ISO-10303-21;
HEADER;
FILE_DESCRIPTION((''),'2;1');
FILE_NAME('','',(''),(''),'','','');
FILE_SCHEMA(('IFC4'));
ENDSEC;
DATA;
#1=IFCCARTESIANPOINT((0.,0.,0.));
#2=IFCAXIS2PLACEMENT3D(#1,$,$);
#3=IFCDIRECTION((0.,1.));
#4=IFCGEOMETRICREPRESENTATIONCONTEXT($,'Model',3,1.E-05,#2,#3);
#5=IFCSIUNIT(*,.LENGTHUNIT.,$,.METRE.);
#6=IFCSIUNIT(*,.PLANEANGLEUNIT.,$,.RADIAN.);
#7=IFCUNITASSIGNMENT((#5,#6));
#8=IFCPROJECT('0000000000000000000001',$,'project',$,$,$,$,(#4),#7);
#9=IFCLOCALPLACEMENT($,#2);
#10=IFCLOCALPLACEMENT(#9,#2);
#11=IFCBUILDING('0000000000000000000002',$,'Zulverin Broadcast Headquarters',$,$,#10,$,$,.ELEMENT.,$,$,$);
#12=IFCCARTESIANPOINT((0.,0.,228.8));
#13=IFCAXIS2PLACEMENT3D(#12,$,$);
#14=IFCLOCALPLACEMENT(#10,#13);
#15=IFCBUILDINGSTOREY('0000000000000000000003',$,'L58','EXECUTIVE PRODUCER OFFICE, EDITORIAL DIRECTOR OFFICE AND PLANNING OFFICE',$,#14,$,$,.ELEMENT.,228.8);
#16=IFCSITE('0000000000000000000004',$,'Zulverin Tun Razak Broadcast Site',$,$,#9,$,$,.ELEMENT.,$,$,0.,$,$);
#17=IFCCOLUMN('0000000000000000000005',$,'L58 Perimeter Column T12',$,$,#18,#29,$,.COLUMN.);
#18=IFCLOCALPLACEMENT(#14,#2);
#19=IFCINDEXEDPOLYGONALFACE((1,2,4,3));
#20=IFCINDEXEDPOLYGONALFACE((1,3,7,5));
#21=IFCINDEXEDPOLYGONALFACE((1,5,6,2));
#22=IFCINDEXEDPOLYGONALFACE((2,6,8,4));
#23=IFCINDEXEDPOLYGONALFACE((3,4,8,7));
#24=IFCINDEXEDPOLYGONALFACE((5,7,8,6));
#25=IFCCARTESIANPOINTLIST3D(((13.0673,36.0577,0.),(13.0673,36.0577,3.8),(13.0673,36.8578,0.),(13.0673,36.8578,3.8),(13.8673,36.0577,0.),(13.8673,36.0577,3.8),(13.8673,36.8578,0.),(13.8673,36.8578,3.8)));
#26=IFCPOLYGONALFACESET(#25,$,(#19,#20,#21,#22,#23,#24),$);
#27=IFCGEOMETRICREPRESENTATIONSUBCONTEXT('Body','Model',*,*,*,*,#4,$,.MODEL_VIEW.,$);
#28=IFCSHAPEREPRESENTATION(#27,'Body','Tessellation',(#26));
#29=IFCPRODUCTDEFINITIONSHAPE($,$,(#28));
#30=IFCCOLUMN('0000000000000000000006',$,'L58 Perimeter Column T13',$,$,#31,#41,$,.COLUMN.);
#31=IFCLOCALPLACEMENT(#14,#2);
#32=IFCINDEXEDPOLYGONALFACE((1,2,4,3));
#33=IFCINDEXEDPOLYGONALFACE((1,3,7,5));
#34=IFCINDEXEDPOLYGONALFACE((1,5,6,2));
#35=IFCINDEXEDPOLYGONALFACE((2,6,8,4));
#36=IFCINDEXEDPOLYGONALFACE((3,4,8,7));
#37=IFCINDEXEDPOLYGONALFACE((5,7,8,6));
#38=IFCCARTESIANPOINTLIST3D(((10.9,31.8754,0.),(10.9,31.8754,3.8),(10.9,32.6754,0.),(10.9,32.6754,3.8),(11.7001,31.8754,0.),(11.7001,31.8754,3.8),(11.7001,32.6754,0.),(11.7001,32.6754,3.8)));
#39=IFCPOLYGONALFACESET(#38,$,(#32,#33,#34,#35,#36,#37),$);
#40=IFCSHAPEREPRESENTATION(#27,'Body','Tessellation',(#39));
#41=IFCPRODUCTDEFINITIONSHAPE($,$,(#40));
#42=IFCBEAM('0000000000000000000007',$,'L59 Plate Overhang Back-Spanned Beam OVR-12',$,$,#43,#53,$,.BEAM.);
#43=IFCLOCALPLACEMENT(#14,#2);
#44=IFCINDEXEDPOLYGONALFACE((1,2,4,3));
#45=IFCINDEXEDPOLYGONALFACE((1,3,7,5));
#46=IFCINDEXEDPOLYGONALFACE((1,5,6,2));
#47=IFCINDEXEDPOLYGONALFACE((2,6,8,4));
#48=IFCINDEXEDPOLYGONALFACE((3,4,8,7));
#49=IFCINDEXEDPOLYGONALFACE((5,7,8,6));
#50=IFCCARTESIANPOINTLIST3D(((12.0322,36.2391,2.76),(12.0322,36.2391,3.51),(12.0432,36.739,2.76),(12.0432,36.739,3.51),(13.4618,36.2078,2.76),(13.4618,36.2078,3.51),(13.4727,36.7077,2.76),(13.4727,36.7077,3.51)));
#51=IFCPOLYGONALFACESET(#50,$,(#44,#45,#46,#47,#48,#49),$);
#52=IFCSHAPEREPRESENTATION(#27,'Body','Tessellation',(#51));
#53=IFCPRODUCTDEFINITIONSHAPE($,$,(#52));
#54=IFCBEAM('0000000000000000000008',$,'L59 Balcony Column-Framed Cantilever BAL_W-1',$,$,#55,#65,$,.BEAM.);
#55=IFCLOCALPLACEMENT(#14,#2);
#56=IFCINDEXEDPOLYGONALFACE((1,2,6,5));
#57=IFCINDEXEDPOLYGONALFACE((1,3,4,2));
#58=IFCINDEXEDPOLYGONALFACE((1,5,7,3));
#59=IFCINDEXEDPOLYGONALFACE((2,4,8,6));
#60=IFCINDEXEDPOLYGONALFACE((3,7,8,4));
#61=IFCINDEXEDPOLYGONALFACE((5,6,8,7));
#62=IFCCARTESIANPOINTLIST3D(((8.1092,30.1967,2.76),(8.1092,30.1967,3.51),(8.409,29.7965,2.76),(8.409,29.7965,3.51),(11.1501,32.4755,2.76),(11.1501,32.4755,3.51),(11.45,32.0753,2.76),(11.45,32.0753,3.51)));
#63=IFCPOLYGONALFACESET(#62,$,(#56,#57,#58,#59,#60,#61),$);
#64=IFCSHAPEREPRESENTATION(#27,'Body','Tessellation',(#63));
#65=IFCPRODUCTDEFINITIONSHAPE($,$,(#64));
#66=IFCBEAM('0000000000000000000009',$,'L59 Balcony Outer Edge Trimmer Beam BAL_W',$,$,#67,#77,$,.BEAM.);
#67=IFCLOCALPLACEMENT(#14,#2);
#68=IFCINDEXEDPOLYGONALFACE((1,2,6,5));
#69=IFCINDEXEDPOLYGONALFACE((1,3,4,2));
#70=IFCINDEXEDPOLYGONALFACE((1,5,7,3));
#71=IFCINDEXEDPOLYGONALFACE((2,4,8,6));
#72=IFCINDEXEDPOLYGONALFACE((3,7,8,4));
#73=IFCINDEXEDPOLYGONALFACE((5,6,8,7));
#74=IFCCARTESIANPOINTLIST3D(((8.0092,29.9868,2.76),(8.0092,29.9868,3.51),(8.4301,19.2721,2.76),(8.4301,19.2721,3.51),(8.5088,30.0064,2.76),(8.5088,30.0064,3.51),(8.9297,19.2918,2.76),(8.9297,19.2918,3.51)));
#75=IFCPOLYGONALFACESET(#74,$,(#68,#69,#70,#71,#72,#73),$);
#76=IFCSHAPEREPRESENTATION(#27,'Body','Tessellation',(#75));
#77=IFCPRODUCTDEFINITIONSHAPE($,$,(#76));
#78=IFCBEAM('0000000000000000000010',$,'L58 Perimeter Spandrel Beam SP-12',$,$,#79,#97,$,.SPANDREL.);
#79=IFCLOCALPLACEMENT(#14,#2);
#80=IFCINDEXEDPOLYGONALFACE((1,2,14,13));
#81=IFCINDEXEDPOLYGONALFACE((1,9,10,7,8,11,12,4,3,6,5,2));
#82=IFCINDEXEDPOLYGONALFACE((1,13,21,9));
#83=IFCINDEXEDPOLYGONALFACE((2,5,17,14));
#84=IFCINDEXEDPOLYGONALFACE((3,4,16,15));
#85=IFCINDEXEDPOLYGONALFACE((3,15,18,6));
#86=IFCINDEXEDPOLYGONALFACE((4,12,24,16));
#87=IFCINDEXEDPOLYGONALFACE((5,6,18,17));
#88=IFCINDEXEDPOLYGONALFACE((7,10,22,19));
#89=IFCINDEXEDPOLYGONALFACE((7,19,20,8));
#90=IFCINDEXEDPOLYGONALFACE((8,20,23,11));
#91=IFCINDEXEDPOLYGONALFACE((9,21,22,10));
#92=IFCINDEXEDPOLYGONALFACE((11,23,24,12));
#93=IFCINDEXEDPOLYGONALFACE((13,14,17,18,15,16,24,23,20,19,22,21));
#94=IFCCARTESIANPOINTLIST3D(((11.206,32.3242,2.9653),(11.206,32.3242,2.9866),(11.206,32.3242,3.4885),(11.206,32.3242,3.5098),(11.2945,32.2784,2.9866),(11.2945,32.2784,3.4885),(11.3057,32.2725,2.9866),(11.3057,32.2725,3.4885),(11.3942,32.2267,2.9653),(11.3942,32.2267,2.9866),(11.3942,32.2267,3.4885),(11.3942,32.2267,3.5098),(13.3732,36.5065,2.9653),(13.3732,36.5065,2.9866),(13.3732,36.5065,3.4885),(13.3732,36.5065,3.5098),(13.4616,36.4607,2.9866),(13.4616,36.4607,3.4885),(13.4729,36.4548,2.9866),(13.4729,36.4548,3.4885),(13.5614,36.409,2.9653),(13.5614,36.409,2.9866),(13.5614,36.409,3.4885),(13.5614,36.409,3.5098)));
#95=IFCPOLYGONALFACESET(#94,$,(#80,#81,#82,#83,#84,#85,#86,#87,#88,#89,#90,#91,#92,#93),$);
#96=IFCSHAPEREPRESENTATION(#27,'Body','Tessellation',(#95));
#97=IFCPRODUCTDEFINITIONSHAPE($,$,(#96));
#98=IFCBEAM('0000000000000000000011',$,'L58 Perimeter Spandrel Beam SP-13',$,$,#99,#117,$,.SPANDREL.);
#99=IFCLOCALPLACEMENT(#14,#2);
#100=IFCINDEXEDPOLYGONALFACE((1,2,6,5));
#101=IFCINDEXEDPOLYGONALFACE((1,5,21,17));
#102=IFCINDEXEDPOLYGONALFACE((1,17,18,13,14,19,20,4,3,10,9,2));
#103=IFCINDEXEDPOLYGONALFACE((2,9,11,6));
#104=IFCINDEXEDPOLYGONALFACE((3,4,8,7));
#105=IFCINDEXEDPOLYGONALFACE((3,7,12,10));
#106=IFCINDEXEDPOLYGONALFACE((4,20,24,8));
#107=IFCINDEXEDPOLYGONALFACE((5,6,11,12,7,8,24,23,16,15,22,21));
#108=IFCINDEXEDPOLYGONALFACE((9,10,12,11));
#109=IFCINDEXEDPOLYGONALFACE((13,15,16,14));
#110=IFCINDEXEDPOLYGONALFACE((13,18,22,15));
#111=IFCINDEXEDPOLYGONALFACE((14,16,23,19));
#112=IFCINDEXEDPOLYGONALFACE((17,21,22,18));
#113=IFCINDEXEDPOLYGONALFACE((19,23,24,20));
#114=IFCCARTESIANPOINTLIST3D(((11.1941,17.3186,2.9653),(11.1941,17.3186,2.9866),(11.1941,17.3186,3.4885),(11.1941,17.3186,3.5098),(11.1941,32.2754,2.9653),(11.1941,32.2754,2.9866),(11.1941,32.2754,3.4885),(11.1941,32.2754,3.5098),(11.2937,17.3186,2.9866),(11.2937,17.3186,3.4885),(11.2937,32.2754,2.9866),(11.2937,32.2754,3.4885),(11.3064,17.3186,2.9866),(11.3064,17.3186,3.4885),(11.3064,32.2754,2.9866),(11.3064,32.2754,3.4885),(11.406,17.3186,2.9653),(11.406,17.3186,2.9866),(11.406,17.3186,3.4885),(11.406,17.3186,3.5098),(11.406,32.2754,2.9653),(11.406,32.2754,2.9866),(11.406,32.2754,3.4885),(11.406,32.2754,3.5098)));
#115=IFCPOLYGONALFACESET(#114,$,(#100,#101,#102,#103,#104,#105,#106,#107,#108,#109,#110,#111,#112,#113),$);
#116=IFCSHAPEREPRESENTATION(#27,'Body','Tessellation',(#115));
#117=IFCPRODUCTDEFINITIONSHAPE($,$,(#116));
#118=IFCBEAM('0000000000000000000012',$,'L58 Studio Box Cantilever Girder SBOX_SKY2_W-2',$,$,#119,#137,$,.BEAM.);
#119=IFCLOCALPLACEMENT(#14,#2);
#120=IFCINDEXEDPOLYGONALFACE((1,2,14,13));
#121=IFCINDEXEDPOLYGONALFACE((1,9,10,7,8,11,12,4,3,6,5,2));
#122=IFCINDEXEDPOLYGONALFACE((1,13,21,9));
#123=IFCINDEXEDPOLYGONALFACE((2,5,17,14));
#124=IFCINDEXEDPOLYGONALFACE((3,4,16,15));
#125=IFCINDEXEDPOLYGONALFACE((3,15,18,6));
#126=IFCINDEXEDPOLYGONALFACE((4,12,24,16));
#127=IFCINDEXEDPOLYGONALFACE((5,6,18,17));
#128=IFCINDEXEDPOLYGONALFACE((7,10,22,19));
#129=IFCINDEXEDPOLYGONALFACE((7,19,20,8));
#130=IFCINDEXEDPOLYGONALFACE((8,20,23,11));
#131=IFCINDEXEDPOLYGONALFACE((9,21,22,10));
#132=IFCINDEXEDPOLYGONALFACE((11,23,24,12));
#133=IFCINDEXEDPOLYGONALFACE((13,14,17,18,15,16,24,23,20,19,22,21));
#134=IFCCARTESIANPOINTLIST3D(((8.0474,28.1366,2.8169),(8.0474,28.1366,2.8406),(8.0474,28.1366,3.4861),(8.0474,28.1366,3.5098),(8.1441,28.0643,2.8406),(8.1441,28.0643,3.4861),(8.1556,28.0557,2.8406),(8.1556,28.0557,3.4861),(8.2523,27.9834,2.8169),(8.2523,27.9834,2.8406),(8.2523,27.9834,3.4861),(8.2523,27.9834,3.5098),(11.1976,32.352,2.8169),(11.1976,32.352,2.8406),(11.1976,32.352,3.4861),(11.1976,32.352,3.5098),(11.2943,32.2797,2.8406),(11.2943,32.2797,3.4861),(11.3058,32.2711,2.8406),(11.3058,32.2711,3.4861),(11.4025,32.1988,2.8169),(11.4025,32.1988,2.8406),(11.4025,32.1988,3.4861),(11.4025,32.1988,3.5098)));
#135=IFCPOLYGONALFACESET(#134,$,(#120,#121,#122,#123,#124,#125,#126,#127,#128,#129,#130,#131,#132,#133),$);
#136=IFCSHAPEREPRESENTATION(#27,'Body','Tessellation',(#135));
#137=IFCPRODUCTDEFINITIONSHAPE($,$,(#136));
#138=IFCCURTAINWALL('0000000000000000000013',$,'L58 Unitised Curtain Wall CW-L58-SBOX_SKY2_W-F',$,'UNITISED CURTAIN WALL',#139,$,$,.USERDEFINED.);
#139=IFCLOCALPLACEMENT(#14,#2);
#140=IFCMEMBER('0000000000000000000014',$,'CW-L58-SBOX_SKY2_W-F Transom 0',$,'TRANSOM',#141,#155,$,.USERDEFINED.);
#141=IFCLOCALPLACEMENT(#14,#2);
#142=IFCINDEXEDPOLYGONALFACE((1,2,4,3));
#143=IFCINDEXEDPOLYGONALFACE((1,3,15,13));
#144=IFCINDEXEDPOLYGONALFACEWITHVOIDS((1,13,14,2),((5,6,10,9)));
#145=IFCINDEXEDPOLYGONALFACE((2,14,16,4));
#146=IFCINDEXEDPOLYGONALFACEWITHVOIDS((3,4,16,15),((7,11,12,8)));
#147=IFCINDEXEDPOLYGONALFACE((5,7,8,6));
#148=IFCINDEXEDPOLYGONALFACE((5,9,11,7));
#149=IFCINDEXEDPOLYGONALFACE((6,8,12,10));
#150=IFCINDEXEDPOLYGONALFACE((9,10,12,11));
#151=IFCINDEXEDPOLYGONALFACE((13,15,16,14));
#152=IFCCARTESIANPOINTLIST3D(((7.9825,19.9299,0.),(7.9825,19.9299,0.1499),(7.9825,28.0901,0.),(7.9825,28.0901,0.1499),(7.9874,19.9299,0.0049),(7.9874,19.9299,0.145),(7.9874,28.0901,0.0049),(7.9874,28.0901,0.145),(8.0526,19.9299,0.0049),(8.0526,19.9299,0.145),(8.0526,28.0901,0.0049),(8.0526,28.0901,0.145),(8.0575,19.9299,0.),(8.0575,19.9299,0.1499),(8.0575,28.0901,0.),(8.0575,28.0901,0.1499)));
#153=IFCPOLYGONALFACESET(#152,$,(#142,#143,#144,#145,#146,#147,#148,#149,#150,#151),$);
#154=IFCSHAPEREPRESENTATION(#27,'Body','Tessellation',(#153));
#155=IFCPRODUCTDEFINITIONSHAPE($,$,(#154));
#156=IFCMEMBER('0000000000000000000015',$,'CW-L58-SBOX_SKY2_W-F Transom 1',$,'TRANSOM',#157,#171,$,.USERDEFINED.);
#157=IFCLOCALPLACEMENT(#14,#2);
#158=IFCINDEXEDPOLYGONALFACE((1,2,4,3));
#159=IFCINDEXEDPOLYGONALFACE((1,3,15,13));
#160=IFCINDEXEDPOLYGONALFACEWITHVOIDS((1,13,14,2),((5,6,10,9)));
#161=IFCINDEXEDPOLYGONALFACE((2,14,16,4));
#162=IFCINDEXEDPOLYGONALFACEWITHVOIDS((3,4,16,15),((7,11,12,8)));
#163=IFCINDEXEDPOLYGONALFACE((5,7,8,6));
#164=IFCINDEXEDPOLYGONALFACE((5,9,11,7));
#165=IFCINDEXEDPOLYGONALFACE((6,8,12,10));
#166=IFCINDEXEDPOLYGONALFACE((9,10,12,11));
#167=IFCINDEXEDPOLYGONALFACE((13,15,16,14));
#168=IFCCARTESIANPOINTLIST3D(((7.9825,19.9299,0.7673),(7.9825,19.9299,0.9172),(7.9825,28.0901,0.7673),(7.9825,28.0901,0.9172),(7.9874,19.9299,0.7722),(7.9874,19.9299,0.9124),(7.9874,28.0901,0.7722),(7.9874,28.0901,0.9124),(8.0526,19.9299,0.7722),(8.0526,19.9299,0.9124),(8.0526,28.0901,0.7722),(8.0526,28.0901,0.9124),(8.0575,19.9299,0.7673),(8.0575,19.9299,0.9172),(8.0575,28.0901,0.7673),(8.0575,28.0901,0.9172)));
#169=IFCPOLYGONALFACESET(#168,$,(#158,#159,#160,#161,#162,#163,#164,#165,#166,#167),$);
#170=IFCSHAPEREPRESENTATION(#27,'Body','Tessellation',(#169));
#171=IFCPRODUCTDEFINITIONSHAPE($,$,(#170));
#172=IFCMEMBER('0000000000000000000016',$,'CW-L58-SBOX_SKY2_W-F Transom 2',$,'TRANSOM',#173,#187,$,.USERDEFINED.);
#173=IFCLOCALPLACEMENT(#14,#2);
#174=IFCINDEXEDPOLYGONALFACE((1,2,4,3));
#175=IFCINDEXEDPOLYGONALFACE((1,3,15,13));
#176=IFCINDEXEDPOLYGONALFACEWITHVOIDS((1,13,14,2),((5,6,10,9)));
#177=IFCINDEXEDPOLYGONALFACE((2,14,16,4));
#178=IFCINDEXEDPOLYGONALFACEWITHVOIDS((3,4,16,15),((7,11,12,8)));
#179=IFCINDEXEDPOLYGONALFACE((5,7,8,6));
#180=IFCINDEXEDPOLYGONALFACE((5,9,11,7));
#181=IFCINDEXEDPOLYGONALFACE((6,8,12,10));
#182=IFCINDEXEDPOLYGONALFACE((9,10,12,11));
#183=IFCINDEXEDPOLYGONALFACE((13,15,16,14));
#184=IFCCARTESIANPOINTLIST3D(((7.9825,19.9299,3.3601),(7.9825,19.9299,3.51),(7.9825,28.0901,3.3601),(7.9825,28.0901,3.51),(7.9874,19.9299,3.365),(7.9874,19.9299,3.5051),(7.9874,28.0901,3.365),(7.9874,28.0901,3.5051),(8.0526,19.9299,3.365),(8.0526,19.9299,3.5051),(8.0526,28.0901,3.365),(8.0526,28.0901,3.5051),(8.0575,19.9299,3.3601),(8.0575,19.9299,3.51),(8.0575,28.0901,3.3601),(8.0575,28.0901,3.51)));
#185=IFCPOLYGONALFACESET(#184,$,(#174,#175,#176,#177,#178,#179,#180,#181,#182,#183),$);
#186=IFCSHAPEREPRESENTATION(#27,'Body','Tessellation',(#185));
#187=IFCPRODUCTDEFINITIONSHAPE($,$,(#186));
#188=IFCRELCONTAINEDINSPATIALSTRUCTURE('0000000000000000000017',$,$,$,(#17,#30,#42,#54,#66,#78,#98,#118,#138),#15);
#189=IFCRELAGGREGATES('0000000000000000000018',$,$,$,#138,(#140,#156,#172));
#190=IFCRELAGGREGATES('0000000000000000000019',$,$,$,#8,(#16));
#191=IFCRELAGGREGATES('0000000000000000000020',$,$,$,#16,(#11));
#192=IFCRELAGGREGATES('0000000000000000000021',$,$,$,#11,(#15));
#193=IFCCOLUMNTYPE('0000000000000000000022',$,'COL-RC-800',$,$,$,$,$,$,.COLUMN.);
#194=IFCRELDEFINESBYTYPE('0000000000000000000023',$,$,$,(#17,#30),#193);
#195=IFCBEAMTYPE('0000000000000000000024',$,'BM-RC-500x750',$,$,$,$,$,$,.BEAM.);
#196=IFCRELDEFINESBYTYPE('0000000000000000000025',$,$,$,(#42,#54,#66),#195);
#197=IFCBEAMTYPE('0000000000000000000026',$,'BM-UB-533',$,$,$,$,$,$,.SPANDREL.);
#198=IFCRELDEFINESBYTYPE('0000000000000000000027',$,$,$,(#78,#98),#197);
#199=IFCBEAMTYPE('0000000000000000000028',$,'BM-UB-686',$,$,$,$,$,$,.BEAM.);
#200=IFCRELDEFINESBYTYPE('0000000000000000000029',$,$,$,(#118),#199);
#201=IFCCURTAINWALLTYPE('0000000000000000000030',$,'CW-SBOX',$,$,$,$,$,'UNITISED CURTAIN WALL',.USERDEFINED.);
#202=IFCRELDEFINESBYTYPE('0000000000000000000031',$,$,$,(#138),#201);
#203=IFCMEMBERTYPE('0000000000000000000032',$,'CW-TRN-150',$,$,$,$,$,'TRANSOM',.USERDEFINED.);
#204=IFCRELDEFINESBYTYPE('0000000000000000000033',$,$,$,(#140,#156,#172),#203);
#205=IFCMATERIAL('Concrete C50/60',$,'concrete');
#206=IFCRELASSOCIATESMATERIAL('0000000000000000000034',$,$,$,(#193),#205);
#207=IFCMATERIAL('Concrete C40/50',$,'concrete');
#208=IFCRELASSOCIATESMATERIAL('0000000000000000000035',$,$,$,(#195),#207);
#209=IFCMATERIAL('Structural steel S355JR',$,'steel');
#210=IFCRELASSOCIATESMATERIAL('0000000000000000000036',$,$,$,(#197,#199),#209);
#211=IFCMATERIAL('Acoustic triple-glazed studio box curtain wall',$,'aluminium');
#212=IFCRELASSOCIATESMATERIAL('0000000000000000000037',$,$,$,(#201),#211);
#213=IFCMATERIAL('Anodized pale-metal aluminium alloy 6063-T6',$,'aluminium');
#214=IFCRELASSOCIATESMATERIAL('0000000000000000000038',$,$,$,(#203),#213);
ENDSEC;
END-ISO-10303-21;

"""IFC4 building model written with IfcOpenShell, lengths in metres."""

from ifc_helpers import new_model, si_unit, direction, frame, origin, origin_2d, place, context, subcontext, project, spatial, rectangle, hollow_rectangle, i_section, extrude, material, material_profile, profile_set, type_object, element, aggregate, save


model = new_model("IFC4")

# Units and contexts
model_context = context("Model", 3, precision=1e-05, world=origin(), true_north=direction((0.0, 1.0)))
body_context = subcontext(model_context, "Body", "Model", "MODEL_VIEW")
ifc_project = project(units=[si_unit("LENGTHUNIT", "METRE"), si_unit("PLANEANGLEUNIT", "RADIAN")], contexts=[model_context])

# Site, building, storey
site_placement = place(None, origin())
site = spatial("IfcSite", under=ifc_project, at=site_placement, Name="Zulverin Tun Razak Broadcast Site", CompositionType="ELEMENT", RefElevation=0.0)
building_placement = place(site_placement, origin())
building = spatial("IfcBuilding", under=site, at=building_placement, Name="Zulverin Broadcast Headquarters", CompositionType="ELEMENT")
storey_placement = place(building_placement, frame((0.0, 0.0, 228.8)))
storey = spatial("IfcBuildingStorey", under=building, at=storey_placement, Name="L58", Description="EXECUTIVE PRODUCER OFFICE, EDITORIAL DIRECTOR OFFICE AND PLANNING OFFICE", CompositionType="ELEMENT", Elevation=228.8)

# Columns
ifc_material_1 = material(Name="Concrete C50/60", Category="concrete")
ifc_material_profile_1 = material_profile(ifc_material_1, rectangle(XDim=0.8, YDim=0.8, at=origin_2d()), Name="Concrete C50/60", Category="concrete")
ifc_profile_set_1 = profile_set([ifc_material_profile_1], Name="Concrete C50/60")
column_type = type_object("IfcColumnType", Name="COL-RC-800", PredefinedType="COLUMN", material=ifc_profile_set_1)
for number, where, z_axis, x_axis, name in (
    (1, (13.4673, 36.4578, 0.0), (0.0, 0.0, 1.0), (1.0, 0.0, 0.0), "L58 Perimeter Column T12"),
    (2, (11.3, 32.2754, 0.0), (0.0, 0.0, 1.0), (1.0, 0.0, 0.0), "L58 Perimeter Column T13"),
):
    element("IfcColumn", number, at=place(storey_placement, frame(where, z_axis=z_axis, x_axis=x_axis)), inside=storey, type_object=column_type, Name=name, PredefinedType="COLUMN", context=body_context, shape_type="SweptSolid", body=[
        extrude(rectangle(XDim=0.8, YDim=0.8, at=origin_2d()), origin(), (0.0, 0.0, 1.0), 3.8),
    ])

# Beams
ifc_material_2 = material(Name="Concrete C40/50", Category="concrete")
ifc_material_profile_2 = material_profile(ifc_material_2, rectangle(XDim=0.5, YDim=0.75, at=origin_2d()), Name="Concrete C40/50", Category="concrete")
ifc_profile_set_2 = profile_set([ifc_material_profile_2], Name="Concrete C40/50")
beam_type_1 = type_object("IfcBeamType", Name="BM-RC-500x750", PredefinedType="BEAM", material=ifc_profile_set_2)
beam_1_placement = place(storey_placement, frame((13.4673, 36.4578, 3.135), z_axis=(-0.999761, 0.021853, 0.0), x_axis=(-0.021853, -0.999761, 0.0)))
element("IfcBeam", 3, at=beam_1_placement, inside=storey, type_object=beam_type_1, Name="L59 Plate Overhang Back-Spanned Beam OVR-12", PredefinedType="BEAM", context=body_context, shape_type="SweptSolid", body=[
    extrude(rectangle(XDim=0.5, YDim=0.75, at=origin_2d()), origin(), (0.0, 0.0, 1.0), 1.4299),
])
beam_2_placement = place(storey_placement, frame((11.3, 32.2754, 3.135), z_axis=(-0.800247, -0.599671, 0.0), x_axis=(0.599671, -0.800247, 0.0)))
element("IfcBeam", 4, at=beam_2_placement, inside=storey, type_object=beam_type_1, Name="L59 Balcony Column-Framed Cantilever BAL_W-1", PredefinedType="BEAM", context=body_context, shape_type="SweptSolid", body=[
    extrude(rectangle(XDim=0.5, YDim=0.75, at=origin_2d()), origin(), (0.0, 0.0, 1.0), 3.8),
])
beam_3_placement = place(storey_placement, frame((8.259, 29.9966, 3.135), z_axis=(0.039252, -0.999229, 0.0), x_axis=(0.999229, 0.039252, 0.0)))
element("IfcBeam", 5, at=beam_3_placement, inside=storey, type_object=beam_type_1, Name="L59 Balcony Outer Edge Trimmer Beam BAL_W", PredefinedType="BEAM", context=body_context, shape_type="SweptSolid", body=[
    extrude(rectangle(XDim=0.5, YDim=0.75, at=origin_2d()), origin(), (0.0, 0.0, 1.0), 10.7229),
])
ifc_material_3 = material(Name="Structural steel S355JR", Category="steel")
ifc_material_profile_3 = material_profile(ifc_material_3, i_section(OverallWidth=0.2119, OverallDepth=0.5444, WebThickness=0.0127, FlangeThickness=0.0212, at=origin_2d()), Name="Structural steel S355JR", Category="steel")
ifc_profile_set_3 = profile_set([ifc_material_profile_3], Name="Structural steel S355JR")
beam_type_2 = type_object("IfcBeamType", Name="BM-UB-533", PredefinedType="SPANDREL", material=ifc_profile_set_3)
beam_4_placement = place(storey_placement, frame((13.4673, 36.4578, 3.2375), z_axis=(-0.460083, -0.887876, 0.0), x_axis=(0.887876, -0.460083, 0.0)))
element("IfcBeam", 6, at=beam_4_placement, inside=storey, type_object=beam_type_2, Name="L58 Perimeter Spandrel Beam SP-12", PredefinedType="SPANDREL", context=body_context, shape_type="SweptSolid", body=[
    extrude(i_section(OverallWidth=0.2119, OverallDepth=0.5444, WebThickness=0.0127, FlangeThickness=0.0212, at=origin_2d()), origin(), (0.0, 0.0, 1.0), 4.7104),
])
beam_5_placement = place(storey_placement, frame((11.3, 32.2754, 3.2375), z_axis=(0.0, -1.0, 0.0), x_axis=(1.0, 0.0, 0.0)))
element("IfcBeam", 7, at=beam_5_placement, inside=storey, type_object=beam_type_2, Name="L58 Perimeter Spandrel Beam SP-13", PredefinedType="SPANDREL", context=body_context, shape_type="SweptSolid", body=[
    extrude(i_section(OverallWidth=0.2119, OverallDepth=0.5444, WebThickness=0.0127, FlangeThickness=0.0212, at=origin_2d()), origin(), (0.0, 0.0, 1.0), 14.9568),
])
ifc_material_profile_4 = material_profile(ifc_material_3, i_section(OverallWidth=0.2559, OverallDepth=0.6929, WebThickness=0.0144, FlangeThickness=0.0237, at=origin_2d()), Name="Structural steel S355JR", Category="steel")
ifc_profile_set_4 = profile_set([ifc_material_profile_4], Name="Structural steel S355JR")
beam_type_3 = type_object("IfcBeamType", Name="BM-UB-686", PredefinedType="BEAM", material=ifc_profile_set_4)
beam_6_placement = place(storey_placement, frame((11.3, 32.2754, 3.1633), z_axis=(-0.598618, -0.801034, 0.0), x_axis=(0.801034, -0.598618, 0.0)))
element("IfcBeam", 8, at=beam_6_placement, inside=storey, type_object=beam_type_3, Name="L58 Studio Box Cantilever Girder SBOX_SKY2_W-2", PredefinedType="BEAM", context=body_context, shape_type="SweptSolid", body=[
    extrude(i_section(OverallWidth=0.2559, OverallDepth=0.6929, WebThickness=0.0144, FlangeThickness=0.0237, at=origin_2d()), origin(), (0.0, 0.0, 1.0), 5.2625),
])

# Curtain wall, members
ifc_material_4 = material(Name="Acoustic triple-glazed studio box curtain wall", Category="aluminium")
curtain_wall_type = type_object("IfcCurtainWallType", Name="CW-SBOX", ElementType="UNITISED CURTAIN WALL", PredefinedType="USERDEFINED", material=ifc_material_4)
curtain_wall_placement = place(storey_placement, origin())
curtain_wall = element("IfcCurtainWall", 9, at=curtain_wall_placement, inside=storey, type_object=curtain_wall_type, Name="L58 Unitised Curtain Wall CW-L58-SBOX_SKY2_W-F", ObjectType="UNITISED CURTAIN WALL", PredefinedType="USERDEFINED")
ifc_material_5 = material(Name="Anodized pale-metal aluminium alloy 6063-T6", Category="aluminium")
ifc_material_profile_5 = material_profile(ifc_material_5, hollow_rectangle(XDim=0.075, YDim=0.1499, WallThickness=0.0049, at=origin_2d()), Name="Anodized pale-metal aluminium alloy 6063-T6", Category="aluminium")
ifc_profile_set_5 = profile_set([ifc_material_profile_5], Name="Anodized pale-metal aluminium alloy 6063-T6")
member_type_1 = type_object("IfcMemberType", Name="CW-TRN-150", ElementType="TRANSOM", PredefinedType="USERDEFINED", material=ifc_profile_set_5)
member_1_placement = place(storey_placement, frame((8.02, 28.0901, 0.075), z_axis=(0.0, -1.0, 0.0), x_axis=(1.0, 0.0, 0.0)))
member_1 = element("IfcMember", 10, at=member_1_placement, type_object=member_type_1, Name="CW-L58-SBOX_SKY2_W-F Transom 0", ObjectType="TRANSOM", PredefinedType="USERDEFINED", context=body_context, shape_type="SweptSolid", body=[
    extrude(hollow_rectangle(XDim=0.075, YDim=0.1499, WallThickness=0.0049, at=origin_2d()), origin(), (0.0, 0.0, 1.0), 8.1602),
])
member_2_placement = place(storey_placement, frame((8.02, 28.0901, 0.8423), z_axis=(0.0, -1.0, 0.0), x_axis=(1.0, 0.0, 0.0)))
member_2 = element("IfcMember", 11, at=member_2_placement, type_object=member_type_1, Name="CW-L58-SBOX_SKY2_W-F Transom 1", ObjectType="TRANSOM", PredefinedType="USERDEFINED", context=body_context, shape_type="SweptSolid", body=[
    extrude(hollow_rectangle(XDim=0.075, YDim=0.1499, WallThickness=0.0049, at=origin_2d()), origin(), (0.0, 0.0, 1.0), 8.1602),
])
member_3_placement = place(storey_placement, frame((8.02, 28.0901, 3.4351), z_axis=(0.0, -1.0, 0.0), x_axis=(1.0, 0.0, 0.0)))
member_3 = element("IfcMember", 12, at=member_3_placement, type_object=member_type_1, Name="CW-L58-SBOX_SKY2_W-F Transom 2", ObjectType="TRANSOM", PredefinedType="USERDEFINED", context=body_context, shape_type="SweptSolid", body=[
    extrude(hollow_rectangle(XDim=0.075, YDim=0.1499, WallThickness=0.0049, at=origin_2d()), origin(), (0.0, 0.0, 1.0), 8.1602),
])
aggregate(curtain_wall, [member_1, member_2, member_3])

save(model, "model.ifc")
